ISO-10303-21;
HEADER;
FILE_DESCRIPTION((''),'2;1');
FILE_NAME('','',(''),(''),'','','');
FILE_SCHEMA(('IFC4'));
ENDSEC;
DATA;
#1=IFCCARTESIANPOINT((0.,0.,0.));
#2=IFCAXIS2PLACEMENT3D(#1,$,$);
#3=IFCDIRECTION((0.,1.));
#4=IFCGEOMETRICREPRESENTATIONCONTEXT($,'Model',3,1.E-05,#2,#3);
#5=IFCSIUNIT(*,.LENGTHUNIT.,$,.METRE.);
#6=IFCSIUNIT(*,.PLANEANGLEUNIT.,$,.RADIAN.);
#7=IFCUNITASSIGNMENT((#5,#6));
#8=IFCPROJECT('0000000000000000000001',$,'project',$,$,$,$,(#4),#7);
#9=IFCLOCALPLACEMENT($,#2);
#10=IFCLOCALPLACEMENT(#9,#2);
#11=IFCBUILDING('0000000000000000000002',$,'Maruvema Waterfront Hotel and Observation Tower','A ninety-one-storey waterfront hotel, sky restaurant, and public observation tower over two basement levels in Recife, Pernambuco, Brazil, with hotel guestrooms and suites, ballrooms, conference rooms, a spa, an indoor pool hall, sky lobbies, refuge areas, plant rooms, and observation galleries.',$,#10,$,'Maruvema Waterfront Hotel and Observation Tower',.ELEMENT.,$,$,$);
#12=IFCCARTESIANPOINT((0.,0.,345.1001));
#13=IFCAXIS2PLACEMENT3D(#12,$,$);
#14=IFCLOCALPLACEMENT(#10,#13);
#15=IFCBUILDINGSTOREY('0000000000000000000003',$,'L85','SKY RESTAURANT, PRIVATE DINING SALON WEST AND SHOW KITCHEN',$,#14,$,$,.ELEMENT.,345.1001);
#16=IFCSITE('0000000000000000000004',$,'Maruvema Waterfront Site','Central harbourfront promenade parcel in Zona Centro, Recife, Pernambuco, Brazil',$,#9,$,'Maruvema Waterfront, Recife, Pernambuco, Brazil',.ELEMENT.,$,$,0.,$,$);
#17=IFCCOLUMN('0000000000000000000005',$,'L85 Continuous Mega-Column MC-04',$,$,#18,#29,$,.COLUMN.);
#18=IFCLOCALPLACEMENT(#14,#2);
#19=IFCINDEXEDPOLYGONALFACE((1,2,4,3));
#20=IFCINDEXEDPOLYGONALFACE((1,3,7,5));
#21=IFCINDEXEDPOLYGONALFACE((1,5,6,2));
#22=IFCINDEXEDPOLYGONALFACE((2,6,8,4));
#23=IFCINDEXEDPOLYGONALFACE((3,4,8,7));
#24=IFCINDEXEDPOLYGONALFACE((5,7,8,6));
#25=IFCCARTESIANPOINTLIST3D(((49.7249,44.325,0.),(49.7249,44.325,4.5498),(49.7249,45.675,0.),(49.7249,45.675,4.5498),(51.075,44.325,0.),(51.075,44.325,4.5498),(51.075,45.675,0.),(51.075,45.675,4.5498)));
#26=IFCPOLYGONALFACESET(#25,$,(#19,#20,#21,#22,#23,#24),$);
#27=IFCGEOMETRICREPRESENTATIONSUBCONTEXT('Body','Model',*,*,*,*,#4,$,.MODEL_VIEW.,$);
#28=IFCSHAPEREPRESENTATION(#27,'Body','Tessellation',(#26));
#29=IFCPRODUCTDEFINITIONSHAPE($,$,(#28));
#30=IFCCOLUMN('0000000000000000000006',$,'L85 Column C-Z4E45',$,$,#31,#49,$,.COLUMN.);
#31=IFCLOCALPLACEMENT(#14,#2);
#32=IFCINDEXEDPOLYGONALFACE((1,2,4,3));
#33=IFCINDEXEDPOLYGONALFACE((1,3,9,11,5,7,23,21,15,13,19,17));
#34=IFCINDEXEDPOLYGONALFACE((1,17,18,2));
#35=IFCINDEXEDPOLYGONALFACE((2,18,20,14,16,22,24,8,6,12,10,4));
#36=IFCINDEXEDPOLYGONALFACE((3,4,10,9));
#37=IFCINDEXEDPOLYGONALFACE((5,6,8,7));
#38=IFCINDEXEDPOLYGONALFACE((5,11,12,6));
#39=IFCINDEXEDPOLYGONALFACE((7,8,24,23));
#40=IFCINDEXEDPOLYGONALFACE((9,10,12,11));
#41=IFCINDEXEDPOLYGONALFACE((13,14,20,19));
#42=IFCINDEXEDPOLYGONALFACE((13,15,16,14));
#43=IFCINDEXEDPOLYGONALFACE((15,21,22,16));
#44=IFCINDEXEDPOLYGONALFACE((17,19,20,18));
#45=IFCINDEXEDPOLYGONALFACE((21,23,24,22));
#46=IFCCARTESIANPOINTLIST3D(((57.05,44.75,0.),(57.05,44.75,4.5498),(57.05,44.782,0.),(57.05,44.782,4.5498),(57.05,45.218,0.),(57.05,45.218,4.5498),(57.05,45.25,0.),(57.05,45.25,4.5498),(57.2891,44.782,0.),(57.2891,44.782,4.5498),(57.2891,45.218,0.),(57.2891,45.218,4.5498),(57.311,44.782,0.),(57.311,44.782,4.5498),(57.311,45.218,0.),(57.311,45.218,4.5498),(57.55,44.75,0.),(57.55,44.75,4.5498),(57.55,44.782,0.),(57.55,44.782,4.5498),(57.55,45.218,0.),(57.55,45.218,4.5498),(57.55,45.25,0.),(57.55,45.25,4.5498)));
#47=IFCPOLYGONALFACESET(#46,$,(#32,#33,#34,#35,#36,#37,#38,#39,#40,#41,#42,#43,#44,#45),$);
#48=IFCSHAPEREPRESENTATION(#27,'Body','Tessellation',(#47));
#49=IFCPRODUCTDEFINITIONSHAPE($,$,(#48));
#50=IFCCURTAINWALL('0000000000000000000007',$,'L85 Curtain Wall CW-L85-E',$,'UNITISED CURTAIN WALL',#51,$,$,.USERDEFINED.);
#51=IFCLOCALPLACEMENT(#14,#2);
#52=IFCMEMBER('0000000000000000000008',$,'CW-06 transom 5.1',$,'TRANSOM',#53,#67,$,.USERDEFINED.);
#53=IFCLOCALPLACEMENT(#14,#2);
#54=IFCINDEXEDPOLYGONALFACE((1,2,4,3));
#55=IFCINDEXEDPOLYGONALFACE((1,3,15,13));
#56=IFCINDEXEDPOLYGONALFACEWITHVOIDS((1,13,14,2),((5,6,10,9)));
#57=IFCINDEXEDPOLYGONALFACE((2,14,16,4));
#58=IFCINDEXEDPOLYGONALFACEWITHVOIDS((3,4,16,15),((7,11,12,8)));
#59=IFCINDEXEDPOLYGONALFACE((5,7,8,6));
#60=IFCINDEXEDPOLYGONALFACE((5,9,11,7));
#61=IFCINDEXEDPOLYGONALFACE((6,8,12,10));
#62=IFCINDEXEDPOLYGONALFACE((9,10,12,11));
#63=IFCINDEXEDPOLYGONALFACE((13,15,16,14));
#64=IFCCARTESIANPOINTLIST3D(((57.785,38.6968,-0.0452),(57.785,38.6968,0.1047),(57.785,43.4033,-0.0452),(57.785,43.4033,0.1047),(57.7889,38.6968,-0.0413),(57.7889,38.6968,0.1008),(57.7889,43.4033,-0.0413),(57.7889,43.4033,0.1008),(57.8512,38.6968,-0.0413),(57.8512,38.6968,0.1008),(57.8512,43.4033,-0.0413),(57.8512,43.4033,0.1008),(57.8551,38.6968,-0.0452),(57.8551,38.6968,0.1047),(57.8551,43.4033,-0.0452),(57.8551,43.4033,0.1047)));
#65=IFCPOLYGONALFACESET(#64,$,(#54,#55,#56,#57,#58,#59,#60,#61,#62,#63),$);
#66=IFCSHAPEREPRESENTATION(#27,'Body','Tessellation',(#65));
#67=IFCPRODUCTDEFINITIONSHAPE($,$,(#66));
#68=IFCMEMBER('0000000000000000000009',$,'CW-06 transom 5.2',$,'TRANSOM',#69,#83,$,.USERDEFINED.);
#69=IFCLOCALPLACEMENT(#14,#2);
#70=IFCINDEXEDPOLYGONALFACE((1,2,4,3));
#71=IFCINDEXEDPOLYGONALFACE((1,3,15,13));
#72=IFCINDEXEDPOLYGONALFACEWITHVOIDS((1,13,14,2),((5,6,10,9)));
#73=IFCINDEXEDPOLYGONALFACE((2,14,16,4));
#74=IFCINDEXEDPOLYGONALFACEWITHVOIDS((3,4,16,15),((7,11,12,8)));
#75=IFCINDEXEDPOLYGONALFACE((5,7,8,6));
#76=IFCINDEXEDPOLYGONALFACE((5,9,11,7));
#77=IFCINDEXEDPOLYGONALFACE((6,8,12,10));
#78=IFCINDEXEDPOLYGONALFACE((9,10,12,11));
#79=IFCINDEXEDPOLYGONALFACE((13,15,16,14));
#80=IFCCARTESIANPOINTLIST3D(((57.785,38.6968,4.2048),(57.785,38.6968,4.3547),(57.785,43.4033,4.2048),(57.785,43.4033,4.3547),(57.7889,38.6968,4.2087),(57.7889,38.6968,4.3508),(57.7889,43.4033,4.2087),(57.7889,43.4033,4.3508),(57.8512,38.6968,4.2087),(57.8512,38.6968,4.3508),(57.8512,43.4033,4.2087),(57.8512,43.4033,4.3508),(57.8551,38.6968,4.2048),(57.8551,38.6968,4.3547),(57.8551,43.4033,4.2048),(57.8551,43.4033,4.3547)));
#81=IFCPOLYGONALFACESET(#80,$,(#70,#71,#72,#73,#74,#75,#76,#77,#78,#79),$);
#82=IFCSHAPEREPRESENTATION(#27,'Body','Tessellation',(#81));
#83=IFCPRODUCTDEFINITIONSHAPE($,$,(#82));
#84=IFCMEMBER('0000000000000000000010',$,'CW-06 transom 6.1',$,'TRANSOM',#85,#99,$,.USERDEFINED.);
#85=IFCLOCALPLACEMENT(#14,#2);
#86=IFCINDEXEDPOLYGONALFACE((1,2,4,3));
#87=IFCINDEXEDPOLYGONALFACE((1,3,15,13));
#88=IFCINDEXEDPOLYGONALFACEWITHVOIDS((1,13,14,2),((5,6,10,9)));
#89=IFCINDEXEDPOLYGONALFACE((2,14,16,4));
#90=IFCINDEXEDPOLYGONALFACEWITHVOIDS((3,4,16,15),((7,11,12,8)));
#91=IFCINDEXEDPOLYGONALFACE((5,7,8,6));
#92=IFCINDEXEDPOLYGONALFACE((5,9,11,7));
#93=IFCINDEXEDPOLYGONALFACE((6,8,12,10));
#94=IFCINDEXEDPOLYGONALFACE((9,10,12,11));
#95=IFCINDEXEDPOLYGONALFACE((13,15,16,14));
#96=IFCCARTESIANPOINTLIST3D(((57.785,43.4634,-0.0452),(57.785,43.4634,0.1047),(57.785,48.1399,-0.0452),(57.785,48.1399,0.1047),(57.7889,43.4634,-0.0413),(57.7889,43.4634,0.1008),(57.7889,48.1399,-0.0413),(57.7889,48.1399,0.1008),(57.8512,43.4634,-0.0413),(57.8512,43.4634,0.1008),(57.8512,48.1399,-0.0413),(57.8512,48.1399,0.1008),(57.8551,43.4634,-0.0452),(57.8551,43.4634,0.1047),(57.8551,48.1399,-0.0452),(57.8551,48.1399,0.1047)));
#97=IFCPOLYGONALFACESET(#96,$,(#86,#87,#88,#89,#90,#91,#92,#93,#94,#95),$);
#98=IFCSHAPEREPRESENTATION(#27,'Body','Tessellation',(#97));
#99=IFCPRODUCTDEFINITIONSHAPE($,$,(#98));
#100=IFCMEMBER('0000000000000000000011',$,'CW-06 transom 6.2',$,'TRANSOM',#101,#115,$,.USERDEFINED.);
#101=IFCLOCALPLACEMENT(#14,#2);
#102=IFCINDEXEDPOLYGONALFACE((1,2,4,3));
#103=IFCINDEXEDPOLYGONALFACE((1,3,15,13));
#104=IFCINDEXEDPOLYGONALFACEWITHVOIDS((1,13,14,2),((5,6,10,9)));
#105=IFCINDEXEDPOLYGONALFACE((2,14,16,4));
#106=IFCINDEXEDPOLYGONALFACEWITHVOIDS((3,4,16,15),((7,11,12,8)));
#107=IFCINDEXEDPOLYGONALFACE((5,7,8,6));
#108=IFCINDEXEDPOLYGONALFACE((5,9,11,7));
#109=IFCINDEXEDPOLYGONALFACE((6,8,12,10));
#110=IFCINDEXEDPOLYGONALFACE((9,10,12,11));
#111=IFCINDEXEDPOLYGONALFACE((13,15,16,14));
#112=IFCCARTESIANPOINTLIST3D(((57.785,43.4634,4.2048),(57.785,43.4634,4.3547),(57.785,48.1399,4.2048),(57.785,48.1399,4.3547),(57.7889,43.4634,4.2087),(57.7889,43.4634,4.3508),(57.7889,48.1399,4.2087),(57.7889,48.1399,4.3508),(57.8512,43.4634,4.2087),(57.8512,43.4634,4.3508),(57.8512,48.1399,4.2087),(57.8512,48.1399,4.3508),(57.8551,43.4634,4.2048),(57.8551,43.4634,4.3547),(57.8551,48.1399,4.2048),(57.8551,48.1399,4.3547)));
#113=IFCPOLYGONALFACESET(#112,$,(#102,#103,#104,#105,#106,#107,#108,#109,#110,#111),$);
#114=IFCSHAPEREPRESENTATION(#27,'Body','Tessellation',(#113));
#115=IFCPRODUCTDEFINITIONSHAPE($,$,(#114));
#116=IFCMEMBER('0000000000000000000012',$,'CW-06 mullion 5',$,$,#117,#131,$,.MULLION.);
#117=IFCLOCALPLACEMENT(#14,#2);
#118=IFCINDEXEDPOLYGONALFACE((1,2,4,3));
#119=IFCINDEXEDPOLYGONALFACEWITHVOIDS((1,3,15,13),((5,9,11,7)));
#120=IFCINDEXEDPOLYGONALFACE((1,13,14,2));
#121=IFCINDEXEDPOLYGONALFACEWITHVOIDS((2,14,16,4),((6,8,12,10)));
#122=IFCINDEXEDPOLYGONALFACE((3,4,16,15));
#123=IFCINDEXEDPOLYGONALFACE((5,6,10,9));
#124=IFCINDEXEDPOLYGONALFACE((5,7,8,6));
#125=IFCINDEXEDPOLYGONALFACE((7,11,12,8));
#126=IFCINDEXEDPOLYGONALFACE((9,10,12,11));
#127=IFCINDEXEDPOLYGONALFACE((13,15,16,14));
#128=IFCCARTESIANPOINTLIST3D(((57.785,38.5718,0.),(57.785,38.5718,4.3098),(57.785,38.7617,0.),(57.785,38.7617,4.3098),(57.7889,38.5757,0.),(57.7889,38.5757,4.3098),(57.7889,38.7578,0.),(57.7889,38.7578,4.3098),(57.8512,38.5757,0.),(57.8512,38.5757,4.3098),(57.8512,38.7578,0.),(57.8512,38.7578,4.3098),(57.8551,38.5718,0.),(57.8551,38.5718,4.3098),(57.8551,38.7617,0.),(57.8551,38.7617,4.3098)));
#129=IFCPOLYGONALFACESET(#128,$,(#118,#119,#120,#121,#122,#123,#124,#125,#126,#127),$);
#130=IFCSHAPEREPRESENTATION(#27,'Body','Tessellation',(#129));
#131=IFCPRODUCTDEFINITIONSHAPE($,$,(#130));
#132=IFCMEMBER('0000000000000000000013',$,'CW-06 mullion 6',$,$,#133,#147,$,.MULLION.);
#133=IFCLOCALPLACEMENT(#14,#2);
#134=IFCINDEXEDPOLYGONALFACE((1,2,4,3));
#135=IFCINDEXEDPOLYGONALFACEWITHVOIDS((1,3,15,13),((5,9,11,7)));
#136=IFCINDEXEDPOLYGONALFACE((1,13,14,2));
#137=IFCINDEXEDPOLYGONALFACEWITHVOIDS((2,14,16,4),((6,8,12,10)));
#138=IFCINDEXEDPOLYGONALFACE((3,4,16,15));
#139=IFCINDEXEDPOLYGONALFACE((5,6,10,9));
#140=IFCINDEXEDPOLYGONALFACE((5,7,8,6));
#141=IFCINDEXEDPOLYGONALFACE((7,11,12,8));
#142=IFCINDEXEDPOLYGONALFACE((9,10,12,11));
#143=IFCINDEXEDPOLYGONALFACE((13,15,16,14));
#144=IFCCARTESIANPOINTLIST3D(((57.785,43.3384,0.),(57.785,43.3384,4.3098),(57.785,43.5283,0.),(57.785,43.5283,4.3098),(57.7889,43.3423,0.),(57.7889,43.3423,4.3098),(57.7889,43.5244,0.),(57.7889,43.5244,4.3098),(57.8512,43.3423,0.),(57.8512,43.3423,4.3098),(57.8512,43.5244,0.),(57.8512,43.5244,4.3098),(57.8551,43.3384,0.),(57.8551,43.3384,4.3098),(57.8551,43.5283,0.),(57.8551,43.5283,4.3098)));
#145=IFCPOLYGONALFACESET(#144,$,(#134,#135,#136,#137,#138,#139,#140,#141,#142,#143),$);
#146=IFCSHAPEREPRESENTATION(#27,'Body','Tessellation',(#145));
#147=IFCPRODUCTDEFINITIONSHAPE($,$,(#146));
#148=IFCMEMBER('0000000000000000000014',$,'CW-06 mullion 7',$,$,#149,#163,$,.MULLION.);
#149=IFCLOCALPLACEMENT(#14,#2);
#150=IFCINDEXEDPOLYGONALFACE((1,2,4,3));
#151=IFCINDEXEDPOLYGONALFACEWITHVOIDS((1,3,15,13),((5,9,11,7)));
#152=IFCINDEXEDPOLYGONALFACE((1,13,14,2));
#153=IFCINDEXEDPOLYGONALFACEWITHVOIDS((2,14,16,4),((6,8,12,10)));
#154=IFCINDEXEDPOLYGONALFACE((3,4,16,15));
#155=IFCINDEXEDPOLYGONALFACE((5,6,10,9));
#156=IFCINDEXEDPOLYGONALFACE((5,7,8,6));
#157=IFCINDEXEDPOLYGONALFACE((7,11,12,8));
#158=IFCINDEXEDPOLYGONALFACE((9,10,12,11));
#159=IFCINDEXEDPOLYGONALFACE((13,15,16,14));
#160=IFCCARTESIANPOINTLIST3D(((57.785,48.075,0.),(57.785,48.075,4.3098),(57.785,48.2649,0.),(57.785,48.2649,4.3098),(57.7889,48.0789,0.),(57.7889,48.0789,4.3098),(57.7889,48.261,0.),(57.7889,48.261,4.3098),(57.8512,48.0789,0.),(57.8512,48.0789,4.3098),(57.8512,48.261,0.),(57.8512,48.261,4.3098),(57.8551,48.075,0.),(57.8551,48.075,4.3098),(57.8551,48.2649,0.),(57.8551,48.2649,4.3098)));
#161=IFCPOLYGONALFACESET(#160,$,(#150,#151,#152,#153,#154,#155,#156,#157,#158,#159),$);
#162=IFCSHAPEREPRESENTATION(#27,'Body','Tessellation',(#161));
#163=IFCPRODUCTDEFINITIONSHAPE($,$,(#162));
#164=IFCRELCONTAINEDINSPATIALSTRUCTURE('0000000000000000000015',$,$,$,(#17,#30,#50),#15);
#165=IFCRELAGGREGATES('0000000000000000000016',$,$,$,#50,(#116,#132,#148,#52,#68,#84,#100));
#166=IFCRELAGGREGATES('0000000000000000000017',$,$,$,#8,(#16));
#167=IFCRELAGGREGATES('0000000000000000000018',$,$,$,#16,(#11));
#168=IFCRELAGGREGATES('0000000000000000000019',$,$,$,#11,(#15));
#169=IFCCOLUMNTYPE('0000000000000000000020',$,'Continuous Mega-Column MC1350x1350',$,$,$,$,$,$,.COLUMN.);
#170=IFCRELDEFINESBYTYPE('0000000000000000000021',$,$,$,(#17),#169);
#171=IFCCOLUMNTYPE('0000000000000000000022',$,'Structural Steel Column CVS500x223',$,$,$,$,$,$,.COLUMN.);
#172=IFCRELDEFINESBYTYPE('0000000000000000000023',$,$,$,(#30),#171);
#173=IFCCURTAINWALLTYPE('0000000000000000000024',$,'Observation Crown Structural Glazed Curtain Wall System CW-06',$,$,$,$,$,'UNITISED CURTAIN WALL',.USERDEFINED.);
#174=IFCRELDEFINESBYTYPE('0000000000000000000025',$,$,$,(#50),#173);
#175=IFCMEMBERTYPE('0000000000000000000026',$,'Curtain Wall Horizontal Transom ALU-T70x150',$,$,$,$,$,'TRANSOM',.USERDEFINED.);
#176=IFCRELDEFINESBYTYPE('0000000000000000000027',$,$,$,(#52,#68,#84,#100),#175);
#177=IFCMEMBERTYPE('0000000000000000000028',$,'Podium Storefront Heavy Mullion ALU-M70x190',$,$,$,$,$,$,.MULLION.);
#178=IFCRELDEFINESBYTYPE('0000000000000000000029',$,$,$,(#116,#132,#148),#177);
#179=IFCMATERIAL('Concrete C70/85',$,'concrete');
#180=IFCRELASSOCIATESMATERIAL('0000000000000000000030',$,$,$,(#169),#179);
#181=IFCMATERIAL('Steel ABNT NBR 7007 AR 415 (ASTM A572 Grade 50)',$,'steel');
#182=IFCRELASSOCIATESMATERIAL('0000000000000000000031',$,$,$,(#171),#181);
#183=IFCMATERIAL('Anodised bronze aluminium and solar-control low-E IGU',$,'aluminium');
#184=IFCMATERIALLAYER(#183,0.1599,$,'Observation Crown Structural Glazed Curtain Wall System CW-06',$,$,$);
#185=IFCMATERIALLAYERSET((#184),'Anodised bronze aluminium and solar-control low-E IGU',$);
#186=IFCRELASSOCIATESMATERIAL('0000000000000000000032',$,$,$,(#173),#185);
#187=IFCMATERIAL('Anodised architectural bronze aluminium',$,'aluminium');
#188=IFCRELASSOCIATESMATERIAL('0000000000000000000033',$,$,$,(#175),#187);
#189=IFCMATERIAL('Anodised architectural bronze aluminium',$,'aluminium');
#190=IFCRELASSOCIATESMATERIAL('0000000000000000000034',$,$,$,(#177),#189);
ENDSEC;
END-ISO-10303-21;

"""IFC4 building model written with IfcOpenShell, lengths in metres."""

from ifc_helpers import new_model, si_unit, direction, frame, origin, origin_2d, place, context, subcontext, project, spatial, rectangle, hollow_rectangle, i_section, extrude, material, layer, layer_set, material_profile, profile_set, type_object, element, aggregate, save


model = new_model("IFC4")

# Units and contexts
model_context = context("Model", 3, precision=1e-05, world=origin(), true_north=direction((0.0, 1.0)))
body_context = subcontext(model_context, "Body", "Model", "MODEL_VIEW")
ifc_project = project(units=[si_unit("LENGTHUNIT", "METRE"), si_unit("PLANEANGLEUNIT", "RADIAN")], contexts=[model_context])

# Site, building, storey
site_placement = place(None, origin())
site = spatial("IfcSite", under=ifc_project, at=site_placement, Name="Maruvema Waterfront Site", Description="Central harbourfront promenade parcel in Zona Centro, Recife, Pernambuco, Brazil", LongName="Maruvema Waterfront, Recife, Pernambuco, Brazil", CompositionType="ELEMENT", RefElevation=0.0)
building_placement = place(site_placement, origin())
building = spatial("IfcBuilding", under=site, at=building_placement, Name="Maruvema Waterfront Hotel and Observation Tower", Description="A ninety-one-storey waterfront hotel, sky restaurant, and public observation tower over two basement levels in Recife, Pernambuco, Brazil, with hotel guestrooms and suites, ballrooms, conference rooms, a spa, an indoor pool hall, sky lobbies, refuge areas, plant rooms, and observation galleries.", LongName="Maruvema Waterfront Hotel and Observation Tower", CompositionType="ELEMENT")
storey_placement = place(building_placement, frame((0.0, 0.0, 345.1001)))
storey = spatial("IfcBuildingStorey", under=building, at=storey_placement, Name="L85", Description="SKY RESTAURANT, PRIVATE DINING SALON WEST AND SHOW KITCHEN", CompositionType="ELEMENT", Elevation=345.1001)

# Columns
ifc_material_1 = material(Name="Concrete C70/85", Category="concrete")
ifc_material_profile_1 = material_profile(ifc_material_1, rectangle(XDim=1.3501, YDim=1.3501, at=origin_2d()), Name="MC1350x1350")
ifc_profile_set_1 = profile_set([ifc_material_profile_1], Name="Concrete C70/85")
column_type_1 = type_object("IfcColumnType", Name="Continuous Mega-Column MC1350x1350", PredefinedType="COLUMN", material=ifc_profile_set_1)
column_1_placement = place(storey_placement, frame((50.3999, 45.0, 0.0), z_axis=(0.0, 0.0, 1.0), x_axis=(1.0, 0.0, 0.0)))
element("IfcColumn", 1, at=column_1_placement, inside=storey, type_object=column_type_1, Name="L85 Continuous Mega-Column MC-04", PredefinedType="COLUMN", context=body_context, shape_type="SweptSolid", body=[
    extrude(rectangle(XDim=1.3501, YDim=1.3501, at=origin_2d()), origin(), (0.0, 0.0, 1.0), 4.5498),
])
ifc_material_2 = material(Name="Steel ABNT NBR 7007 AR 415 (ASTM A572 Grade 50)", Category="steel")
ifc_material_profile_2 = material_profile(ifc_material_2, i_section(OverallWidth=0.5, OverallDepth=0.5, WebThickness=0.022, FlangeThickness=0.032, at=origin_2d()), Name="CVS500x223")
ifc_profile_set_2 = profile_set([ifc_material_profile_2], Name="Steel ABNT NBR 7007 AR 415 (ASTM A572 Grade 50)")
column_type_2 = type_object("IfcColumnType", Name="Structural Steel Column CVS500x223", PredefinedType="COLUMN", material=ifc_profile_set_2)
column_2_placement = place(storey_placement, frame((57.3, 45.0, 0.0), z_axis=(0.0, 0.0, 1.0), x_axis=(1.0, 0.0, 0.0)))
element("IfcColumn", 2, at=column_2_placement, inside=storey, type_object=column_type_2, Name="L85 Column C-Z4E45", PredefinedType="COLUMN", context=body_context, shape_type="SweptSolid", body=[
    extrude(i_section(OverallWidth=0.5, OverallDepth=0.5, WebThickness=0.022, FlangeThickness=0.032, at=origin_2d()), origin(), (0.0, 0.0, 1.0), 4.5498),
])

# Curtain wall, members
ifc_material_3 = material(Name="Anodised bronze aluminium and solar-control low-E IGU", Category="aluminium")
ifc_layer_1 = layer(ifc_material_3, 0.1599, Name="Observation Crown Structural Glazed Curtain Wall System CW-06")
ifc_layer_set_1 = layer_set([ifc_layer_1], Name="Anodised bronze aluminium and solar-control low-E IGU")
curtain_wall_type = type_object("IfcCurtainWallType", Name="Observation Crown Structural Glazed Curtain Wall System CW-06", ElementType="UNITISED CURTAIN WALL", PredefinedType="USERDEFINED", material=ifc_layer_set_1)
curtain_wall_placement = place(storey_placement, origin())
curtain_wall = element("IfcCurtainWall", 3, at=curtain_wall_placement, inside=storey, type_object=curtain_wall_type, Name="L85 Curtain Wall CW-L85-E", ObjectType="UNITISED CURTAIN WALL", PredefinedType="USERDEFINED")
ifc_material_4 = material(Name="Anodised architectural bronze aluminium", Category="aluminium")
ifc_material_profile_3 = material_profile(ifc_material_4, hollow_rectangle(XDim=0.0701, YDim=0.1499, WallThickness=0.0039, at=origin_2d()), Name="ALU-T70x150")
ifc_profile_set_3 = profile_set([ifc_material_profile_3], Name="Anodised architectural bronze aluminium")
member_type_1 = type_object("IfcMemberType", Name="Curtain Wall Horizontal Transom ALU-T70x150", ElementType="TRANSOM", PredefinedType="USERDEFINED", material=ifc_profile_set_3)
member_1_placement = place(storey_placement, frame((57.8201, 38.6968, 0.0298), z_axis=(0.0, 1.0, 0.0), x_axis=(-1.0, 0.0, 0.0)))
member_1 = element("IfcMember", 4, at=member_1_placement, type_object=member_type_1, Name="CW-06 transom 5.1", ObjectType="TRANSOM", PredefinedType="USERDEFINED", context=body_context, shape_type="SweptSolid", body=[
    extrude(hollow_rectangle(XDim=0.0701, YDim=0.1499, WallThickness=0.0039, at=origin_2d()), origin(), (0.0, 0.0, 1.0), 4.7065),
])
member_2_placement = place(storey_placement, frame((57.8201, 38.6968, 4.2798), z_axis=(0.0, 1.0, 0.0), x_axis=(-1.0, 0.0, 0.0)))
member_2 = element("IfcMember", 5, at=member_2_placement, type_object=member_type_1, Name="CW-06 transom 5.2", ObjectType="TRANSOM", PredefinedType="USERDEFINED", context=body_context, shape_type="SweptSolid", body=[
    extrude(hollow_rectangle(XDim=0.0701, YDim=0.1499, WallThickness=0.0039, at=origin_2d()), origin(), (0.0, 0.0, 1.0), 4.7065),
])
member_3_placement = place(storey_placement, frame((57.8201, 43.4634, 0.0298), z_axis=(0.0, 1.0, 0.0), x_axis=(-1.0, 0.0, 0.0)))
member_3 = element("IfcMember", 6, at=member_3_placement, type_object=member_type_1, Name="CW-06 transom 6.1", ObjectType="TRANSOM", PredefinedType="USERDEFINED", context=body_context, shape_type="SweptSolid", body=[
    extrude(hollow_rectangle(XDim=0.0701, YDim=0.1499, WallThickness=0.0039, at=origin_2d()), origin(), (0.0, 0.0, 1.0), 4.6765),
])
member_4_placement = place(storey_placement, frame((57.8201, 43.4634, 4.2798), z_axis=(0.0, 1.0, 0.0), x_axis=(-1.0, 0.0, 0.0)))
member_4 = element("IfcMember", 7, at=member_4_placement, type_object=member_type_1, Name="CW-06 transom 6.2", ObjectType="TRANSOM", PredefinedType="USERDEFINED", context=body_context, shape_type="SweptSolid", body=[
    extrude(hollow_rectangle(XDim=0.0701, YDim=0.1499, WallThickness=0.0039, at=origin_2d()), origin(), (0.0, 0.0, 1.0), 4.6765),
])
ifc_material_5 = material(Name="Anodised architectural bronze aluminium", Category="aluminium")
ifc_material_profile_4 = material_profile(ifc_material_5, hollow_rectangle(XDim=0.0701, YDim=0.1899, WallThickness=0.0039, at=origin_2d()), Name="ALU-M70x190")
ifc_profile_set_4 = profile_set([ifc_material_profile_4], Name="Anodised architectural bronze aluminium")
member_type_2 = type_object("IfcMemberType", Name="Podium Storefront Heavy Mullion ALU-M70x190", PredefinedType="MULLION", material=ifc_profile_set_4)
member_5_placement = place(storey_placement, frame((57.8201, 38.6667, 0.0), z_axis=(0.0, 0.0, 1.0), x_axis=(-1.0, 0.0, 0.0)))
member_5 = element("IfcMember", 8, at=member_5_placement, type_object=member_type_2, Name="CW-06 mullion 5", PredefinedType="MULLION", context=body_context, shape_type="SweptSolid", body=[
    extrude(hollow_rectangle(XDim=0.0701, YDim=0.1899, WallThickness=0.0039, at=origin_2d()), origin(), (0.0, 0.0, 1.0), 4.3098),
])
member_6_placement = place(storey_placement, frame((57.8201, 43.4333, 0.0), z_axis=(0.0, 0.0, 1.0), x_axis=(-1.0, 0.0, 0.0)))
member_6 = element("IfcMember", 9, at=member_6_placement, type_object=member_type_2, Name="CW-06 mullion 6", PredefinedType="MULLION", context=body_context, shape_type="SweptSolid", body=[
    extrude(hollow_rectangle(XDim=0.0701, YDim=0.1899, WallThickness=0.0039, at=origin_2d()), origin(), (0.0, 0.0, 1.0), 4.3098),
])
member_7_placement = place(storey_placement, frame((57.8201, 48.1699, 0.0), z_axis=(0.0, 0.0, 1.0), x_axis=(-1.0, 0.0, 0.0)))
member_7 = element("IfcMember", 10, at=member_7_placement, type_object=member_type_2, Name="CW-06 mullion 7", PredefinedType="MULLION", context=body_context, shape_type="SweptSolid", body=[
    extrude(hollow_rectangle(XDim=0.0701, YDim=0.1899, WallThickness=0.0039, at=origin_2d()), origin(), (0.0, 0.0, 1.0), 4.3098),
])

aggregate(curtain_wall, [member_5, member_6, member_7, member_1, member_2, member_3, member_4])

save(model, "model.ifc")
